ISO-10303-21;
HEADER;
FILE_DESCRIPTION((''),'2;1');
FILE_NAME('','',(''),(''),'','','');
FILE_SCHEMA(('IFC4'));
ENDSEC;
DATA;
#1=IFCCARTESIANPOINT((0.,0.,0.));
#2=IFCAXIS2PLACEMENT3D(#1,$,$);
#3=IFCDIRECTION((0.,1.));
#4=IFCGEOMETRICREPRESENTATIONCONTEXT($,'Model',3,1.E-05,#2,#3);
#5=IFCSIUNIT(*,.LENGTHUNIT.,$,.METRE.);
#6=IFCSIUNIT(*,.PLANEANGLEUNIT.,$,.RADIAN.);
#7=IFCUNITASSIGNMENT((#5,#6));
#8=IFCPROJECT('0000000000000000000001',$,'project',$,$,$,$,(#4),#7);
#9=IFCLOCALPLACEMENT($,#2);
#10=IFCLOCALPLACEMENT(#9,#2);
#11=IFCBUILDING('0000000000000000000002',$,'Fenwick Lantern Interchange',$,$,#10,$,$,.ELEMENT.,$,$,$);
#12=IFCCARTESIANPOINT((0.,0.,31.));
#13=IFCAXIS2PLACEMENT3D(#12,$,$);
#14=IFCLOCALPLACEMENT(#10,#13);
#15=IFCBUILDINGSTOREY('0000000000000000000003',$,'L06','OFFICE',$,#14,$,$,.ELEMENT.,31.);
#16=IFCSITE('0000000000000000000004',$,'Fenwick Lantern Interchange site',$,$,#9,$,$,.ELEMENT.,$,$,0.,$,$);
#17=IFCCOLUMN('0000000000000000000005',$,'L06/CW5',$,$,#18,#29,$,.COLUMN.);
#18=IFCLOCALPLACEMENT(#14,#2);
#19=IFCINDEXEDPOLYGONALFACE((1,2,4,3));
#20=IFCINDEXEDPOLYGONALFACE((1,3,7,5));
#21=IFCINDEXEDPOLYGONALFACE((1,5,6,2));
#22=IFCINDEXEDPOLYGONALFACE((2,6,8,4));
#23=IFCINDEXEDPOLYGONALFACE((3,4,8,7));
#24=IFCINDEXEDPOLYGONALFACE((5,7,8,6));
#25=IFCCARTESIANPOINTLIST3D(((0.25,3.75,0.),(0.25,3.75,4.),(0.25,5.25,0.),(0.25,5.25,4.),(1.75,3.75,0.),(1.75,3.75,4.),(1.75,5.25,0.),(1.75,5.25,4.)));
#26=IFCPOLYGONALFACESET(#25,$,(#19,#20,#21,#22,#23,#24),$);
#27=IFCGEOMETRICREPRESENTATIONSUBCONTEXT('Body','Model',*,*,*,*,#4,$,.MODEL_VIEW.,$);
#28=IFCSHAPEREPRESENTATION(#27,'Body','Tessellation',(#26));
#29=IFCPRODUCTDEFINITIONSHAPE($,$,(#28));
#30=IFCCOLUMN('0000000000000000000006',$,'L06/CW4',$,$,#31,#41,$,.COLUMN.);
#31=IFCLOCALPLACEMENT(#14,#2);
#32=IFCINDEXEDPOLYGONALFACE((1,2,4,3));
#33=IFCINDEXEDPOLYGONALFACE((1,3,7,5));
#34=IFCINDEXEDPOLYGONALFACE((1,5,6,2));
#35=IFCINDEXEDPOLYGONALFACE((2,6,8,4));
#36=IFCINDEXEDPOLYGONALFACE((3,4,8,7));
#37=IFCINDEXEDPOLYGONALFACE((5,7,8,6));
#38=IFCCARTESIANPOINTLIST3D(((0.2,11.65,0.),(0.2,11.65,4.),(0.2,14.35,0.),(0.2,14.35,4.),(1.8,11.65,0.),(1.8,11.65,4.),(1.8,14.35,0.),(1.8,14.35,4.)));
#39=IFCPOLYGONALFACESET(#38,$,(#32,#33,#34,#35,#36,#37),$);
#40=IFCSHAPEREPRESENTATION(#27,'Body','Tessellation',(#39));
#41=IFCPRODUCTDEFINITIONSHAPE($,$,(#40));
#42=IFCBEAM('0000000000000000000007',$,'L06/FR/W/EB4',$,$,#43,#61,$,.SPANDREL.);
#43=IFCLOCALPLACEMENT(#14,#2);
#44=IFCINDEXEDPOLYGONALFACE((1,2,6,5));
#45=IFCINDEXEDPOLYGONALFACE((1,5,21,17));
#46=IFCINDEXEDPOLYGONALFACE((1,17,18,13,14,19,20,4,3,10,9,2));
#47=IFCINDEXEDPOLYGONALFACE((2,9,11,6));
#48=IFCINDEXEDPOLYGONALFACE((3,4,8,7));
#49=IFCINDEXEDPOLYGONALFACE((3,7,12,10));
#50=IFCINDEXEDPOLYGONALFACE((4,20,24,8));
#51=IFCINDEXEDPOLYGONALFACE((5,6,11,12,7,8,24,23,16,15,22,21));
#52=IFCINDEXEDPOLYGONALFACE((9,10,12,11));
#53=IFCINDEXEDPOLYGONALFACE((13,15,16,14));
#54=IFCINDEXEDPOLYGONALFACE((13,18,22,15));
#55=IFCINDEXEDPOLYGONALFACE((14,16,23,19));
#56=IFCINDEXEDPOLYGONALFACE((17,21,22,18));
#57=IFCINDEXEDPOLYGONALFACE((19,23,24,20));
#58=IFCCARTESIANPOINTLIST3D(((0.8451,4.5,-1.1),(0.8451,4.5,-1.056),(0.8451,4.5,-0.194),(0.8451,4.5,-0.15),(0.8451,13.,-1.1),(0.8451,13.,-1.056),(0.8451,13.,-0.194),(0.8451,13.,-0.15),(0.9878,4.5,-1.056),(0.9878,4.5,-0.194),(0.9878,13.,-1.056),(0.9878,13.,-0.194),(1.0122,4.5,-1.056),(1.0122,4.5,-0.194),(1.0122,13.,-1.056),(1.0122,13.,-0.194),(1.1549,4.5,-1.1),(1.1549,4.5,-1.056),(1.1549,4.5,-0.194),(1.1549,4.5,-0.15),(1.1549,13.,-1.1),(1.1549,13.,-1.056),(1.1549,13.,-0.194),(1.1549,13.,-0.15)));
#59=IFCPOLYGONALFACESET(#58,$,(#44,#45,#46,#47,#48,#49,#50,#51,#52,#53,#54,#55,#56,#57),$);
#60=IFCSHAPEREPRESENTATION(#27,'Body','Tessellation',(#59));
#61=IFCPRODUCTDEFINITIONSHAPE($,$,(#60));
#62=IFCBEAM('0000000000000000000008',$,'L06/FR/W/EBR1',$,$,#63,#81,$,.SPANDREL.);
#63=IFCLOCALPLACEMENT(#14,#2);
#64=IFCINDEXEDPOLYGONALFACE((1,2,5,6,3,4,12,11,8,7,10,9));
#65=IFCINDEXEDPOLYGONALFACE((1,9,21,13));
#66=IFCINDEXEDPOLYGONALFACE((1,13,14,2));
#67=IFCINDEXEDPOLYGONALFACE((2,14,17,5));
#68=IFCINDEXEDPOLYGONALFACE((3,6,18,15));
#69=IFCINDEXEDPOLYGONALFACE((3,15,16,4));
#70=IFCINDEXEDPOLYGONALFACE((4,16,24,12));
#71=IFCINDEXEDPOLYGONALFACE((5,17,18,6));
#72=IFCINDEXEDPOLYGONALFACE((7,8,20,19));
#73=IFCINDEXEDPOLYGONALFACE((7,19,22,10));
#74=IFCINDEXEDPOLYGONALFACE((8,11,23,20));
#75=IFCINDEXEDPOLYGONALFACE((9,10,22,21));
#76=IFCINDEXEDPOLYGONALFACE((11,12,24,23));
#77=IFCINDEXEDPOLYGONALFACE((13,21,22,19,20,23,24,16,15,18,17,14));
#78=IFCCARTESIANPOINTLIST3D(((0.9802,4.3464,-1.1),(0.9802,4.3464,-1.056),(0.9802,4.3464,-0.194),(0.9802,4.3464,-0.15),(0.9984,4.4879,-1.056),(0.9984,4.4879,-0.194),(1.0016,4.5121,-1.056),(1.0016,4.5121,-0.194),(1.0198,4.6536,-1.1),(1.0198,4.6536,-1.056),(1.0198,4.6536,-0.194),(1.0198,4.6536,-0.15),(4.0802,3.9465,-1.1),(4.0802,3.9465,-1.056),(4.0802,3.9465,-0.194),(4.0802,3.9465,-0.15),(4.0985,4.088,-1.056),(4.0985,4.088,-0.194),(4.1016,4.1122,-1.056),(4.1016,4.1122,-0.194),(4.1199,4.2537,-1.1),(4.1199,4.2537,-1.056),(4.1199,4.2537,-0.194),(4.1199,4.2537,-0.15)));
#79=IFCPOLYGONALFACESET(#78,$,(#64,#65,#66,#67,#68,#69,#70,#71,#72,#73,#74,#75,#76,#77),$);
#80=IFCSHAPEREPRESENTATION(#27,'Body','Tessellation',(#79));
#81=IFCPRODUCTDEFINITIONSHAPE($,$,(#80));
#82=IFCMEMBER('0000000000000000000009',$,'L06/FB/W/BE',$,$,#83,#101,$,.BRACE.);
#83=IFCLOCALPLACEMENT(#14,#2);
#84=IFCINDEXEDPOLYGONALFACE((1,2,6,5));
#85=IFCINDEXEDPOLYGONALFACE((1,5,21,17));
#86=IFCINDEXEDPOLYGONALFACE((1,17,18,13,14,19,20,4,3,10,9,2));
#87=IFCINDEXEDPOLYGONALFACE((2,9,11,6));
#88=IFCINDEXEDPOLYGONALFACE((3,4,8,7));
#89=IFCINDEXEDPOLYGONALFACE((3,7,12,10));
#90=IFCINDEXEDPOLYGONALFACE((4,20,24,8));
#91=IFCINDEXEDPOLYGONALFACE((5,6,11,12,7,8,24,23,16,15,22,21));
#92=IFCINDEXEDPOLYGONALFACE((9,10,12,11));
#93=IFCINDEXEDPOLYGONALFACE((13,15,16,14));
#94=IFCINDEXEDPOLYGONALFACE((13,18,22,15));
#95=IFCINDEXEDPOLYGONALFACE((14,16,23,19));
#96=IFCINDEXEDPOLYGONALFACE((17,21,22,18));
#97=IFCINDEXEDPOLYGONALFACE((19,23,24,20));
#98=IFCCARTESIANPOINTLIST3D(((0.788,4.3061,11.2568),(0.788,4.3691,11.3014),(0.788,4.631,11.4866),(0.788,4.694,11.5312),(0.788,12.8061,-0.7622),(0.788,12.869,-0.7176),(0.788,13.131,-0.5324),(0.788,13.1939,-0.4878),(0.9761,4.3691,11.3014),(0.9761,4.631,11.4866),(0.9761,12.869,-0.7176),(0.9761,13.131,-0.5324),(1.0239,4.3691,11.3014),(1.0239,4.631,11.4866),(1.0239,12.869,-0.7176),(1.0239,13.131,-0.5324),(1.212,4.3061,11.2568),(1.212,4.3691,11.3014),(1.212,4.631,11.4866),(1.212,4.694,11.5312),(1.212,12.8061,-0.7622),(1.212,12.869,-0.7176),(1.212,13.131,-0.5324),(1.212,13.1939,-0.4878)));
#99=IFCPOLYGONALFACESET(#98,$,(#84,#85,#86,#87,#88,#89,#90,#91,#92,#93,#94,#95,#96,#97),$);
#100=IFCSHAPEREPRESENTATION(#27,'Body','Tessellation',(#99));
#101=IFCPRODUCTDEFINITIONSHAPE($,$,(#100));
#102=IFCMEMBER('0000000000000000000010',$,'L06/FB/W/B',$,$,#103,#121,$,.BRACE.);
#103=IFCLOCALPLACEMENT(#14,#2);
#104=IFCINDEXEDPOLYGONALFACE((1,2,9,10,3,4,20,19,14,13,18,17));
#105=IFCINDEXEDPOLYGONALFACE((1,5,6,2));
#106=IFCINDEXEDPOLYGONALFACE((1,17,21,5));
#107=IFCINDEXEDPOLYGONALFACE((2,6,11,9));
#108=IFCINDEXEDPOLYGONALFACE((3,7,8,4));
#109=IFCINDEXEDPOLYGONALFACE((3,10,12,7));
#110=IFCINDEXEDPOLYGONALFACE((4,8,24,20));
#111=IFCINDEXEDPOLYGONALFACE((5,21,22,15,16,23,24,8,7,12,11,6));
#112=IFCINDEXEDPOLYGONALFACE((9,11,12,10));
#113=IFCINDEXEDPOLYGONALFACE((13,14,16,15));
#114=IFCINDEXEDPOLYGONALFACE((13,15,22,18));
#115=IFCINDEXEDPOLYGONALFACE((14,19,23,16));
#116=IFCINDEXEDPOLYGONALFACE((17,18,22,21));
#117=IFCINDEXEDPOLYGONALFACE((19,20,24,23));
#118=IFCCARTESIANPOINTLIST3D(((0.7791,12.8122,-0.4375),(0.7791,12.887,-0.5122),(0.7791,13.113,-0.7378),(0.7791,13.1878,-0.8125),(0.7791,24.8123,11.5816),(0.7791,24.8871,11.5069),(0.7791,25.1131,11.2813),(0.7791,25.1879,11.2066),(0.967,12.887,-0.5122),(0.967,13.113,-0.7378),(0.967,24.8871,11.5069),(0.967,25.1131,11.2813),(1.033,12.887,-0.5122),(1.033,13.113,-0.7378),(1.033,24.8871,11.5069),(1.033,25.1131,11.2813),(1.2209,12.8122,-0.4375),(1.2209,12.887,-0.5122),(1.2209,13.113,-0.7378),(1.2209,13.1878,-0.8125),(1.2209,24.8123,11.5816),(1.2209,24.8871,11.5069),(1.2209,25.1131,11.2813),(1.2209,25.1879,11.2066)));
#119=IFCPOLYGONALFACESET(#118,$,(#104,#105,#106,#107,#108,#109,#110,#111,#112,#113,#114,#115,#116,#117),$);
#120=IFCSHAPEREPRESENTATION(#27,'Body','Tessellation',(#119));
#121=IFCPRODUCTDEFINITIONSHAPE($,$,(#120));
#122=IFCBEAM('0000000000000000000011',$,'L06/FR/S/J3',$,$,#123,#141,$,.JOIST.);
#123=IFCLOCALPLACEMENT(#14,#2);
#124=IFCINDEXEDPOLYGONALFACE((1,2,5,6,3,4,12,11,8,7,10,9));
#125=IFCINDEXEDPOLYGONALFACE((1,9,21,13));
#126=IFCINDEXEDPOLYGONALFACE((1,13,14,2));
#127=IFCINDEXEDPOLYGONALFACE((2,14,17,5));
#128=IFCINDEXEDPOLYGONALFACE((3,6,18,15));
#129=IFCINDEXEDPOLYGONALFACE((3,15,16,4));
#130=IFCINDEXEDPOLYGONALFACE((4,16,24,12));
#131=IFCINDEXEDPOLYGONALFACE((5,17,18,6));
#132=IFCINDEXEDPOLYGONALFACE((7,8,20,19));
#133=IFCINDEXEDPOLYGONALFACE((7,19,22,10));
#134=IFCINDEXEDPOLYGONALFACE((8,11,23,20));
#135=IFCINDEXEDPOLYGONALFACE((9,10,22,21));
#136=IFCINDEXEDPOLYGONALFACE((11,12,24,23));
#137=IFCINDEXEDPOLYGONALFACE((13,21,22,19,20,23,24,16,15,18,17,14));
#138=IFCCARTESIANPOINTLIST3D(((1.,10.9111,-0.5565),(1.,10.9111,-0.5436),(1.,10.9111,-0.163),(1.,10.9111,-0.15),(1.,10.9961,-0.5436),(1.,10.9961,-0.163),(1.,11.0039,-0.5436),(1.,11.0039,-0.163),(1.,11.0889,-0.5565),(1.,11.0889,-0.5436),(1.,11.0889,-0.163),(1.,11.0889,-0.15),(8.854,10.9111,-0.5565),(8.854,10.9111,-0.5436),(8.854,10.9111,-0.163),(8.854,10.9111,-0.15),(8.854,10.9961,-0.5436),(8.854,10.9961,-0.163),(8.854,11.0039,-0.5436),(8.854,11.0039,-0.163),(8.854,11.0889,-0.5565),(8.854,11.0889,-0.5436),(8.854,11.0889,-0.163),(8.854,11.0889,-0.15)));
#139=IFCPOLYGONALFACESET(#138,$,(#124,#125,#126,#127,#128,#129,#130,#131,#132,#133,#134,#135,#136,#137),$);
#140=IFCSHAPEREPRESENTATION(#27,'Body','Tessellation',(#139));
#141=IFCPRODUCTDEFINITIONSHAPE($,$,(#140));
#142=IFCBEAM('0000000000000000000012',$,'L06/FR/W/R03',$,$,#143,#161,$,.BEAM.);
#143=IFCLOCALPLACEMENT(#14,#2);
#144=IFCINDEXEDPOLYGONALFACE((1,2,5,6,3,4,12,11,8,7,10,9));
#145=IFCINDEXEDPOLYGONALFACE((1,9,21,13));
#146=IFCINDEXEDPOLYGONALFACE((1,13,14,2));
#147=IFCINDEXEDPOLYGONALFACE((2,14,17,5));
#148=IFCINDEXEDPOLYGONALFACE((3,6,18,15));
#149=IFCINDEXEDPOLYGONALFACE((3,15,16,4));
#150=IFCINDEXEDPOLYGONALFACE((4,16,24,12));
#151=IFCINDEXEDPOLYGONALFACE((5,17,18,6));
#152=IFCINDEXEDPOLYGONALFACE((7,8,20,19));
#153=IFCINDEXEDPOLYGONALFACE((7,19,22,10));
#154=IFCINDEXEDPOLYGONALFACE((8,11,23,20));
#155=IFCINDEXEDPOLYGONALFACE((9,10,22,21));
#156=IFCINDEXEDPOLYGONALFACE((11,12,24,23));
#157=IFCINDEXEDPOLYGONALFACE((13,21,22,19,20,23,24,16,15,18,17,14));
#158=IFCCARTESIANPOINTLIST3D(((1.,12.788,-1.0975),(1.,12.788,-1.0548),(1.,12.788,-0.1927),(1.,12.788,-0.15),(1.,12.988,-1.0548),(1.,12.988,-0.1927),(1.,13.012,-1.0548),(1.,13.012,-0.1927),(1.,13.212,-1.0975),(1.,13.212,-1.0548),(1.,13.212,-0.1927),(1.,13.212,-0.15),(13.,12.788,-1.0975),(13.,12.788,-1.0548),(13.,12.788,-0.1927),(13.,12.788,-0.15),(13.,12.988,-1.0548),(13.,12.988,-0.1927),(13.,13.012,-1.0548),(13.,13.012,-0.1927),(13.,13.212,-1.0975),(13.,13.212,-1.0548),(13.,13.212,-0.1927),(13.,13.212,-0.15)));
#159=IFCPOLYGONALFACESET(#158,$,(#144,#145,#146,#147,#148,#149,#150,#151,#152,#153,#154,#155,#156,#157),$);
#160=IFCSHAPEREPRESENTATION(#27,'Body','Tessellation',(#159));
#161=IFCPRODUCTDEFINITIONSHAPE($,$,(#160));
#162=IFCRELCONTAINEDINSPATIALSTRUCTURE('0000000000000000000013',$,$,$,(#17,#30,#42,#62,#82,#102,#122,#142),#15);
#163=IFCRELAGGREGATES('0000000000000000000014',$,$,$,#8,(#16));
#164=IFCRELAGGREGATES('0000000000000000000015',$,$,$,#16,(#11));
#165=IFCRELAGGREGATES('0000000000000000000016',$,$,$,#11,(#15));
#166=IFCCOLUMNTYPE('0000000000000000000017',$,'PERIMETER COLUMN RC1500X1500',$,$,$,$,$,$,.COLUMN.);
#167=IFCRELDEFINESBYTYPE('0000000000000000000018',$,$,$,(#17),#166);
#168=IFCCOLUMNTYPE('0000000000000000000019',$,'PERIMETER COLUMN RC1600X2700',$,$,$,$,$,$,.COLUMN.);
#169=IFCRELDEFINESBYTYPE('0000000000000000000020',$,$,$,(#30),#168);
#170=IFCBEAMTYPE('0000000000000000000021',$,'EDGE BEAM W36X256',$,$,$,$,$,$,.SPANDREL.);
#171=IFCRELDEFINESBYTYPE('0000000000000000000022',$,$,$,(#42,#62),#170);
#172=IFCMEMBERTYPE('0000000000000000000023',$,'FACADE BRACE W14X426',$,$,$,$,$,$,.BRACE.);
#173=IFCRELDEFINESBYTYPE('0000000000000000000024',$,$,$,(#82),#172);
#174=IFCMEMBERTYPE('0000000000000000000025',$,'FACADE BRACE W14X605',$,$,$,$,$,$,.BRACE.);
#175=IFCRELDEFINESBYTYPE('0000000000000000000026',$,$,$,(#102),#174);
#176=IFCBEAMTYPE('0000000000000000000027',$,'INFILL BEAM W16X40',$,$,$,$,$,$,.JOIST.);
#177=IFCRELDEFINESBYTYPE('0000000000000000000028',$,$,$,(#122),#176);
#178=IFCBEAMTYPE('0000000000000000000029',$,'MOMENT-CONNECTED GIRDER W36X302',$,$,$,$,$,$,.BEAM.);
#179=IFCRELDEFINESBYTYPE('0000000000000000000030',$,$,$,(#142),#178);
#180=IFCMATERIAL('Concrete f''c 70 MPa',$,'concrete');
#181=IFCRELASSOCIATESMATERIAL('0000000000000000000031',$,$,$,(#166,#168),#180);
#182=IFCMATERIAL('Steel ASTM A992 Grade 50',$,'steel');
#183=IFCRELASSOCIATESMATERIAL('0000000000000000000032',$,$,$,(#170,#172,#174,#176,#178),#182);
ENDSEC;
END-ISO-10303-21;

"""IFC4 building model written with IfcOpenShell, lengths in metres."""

from ifc_helpers import new_model, si_unit, direction, frame, origin, origin_2d, place, context, subcontext, project, spatial, rectangle, i_section, extrude, material, material_profile, profile_set, type_object, element, save


model = new_model("IFC4")

# Units and contexts
model_context = context("Model", 3, precision=1e-05, world=origin(), true_north=direction((0.0, 1.0)))
body_context = subcontext(model_context, "Body", "Model", "MODEL_VIEW")
ifc_project = project(units=[si_unit("LENGTHUNIT", "METRE"), si_unit("PLANEANGLEUNIT", "RADIAN")], contexts=[model_context])

# Site, building, storey
site_placement = place(None, origin())
site = spatial("IfcSite", under=ifc_project, at=site_placement, Name="Fenwick Lantern Interchange site", CompositionType="ELEMENT", RefElevation=0.0)
building_placement = place(site_placement, origin())
building = spatial("IfcBuilding", under=site, at=building_placement, Name="Fenwick Lantern Interchange", CompositionType="ELEMENT")
storey_placement = place(building_placement, frame((0.0, 0.0, 31.0)))
storey = spatial("IfcBuildingStorey", under=building, at=storey_placement, Name="L06", Description="OFFICE", CompositionType="ELEMENT", Elevation=31.0)

# Columns
ifc_material_1 = material(Name="Concrete f'c 70 MPa", Category="concrete")
ifc_material_profile_1 = material_profile(ifc_material_1, rectangle(XDim=1.5, YDim=1.5, at=origin_2d()), Name="RC1500X1500")
ifc_profile_set_1 = profile_set([ifc_material_profile_1], Name="Concrete f'c 70 MPa")
column_type_1 = type_object("IfcColumnType", Name="PERIMETER COLUMN RC1500X1500", PredefinedType="COLUMN", material=ifc_profile_set_1)
column_1_placement = place(storey_placement, frame((1.0, 4.5, 0.0), z_axis=(0.0, 0.0, 1.0), x_axis=(1.0, 0.0, 0.0)))
element("IfcColumn", 1, at=column_1_placement, inside=storey, type_object=column_type_1, Name="L06/CW5", PredefinedType="COLUMN", context=body_context, shape_type="SweptSolid", body=[
    extrude(rectangle(XDim=1.5, YDim=1.5, at=origin_2d()), origin(), (0.0, 0.0, 1.0), 4.0),
])
ifc_material_profile_2 = material_profile(ifc_material_1, rectangle(XDim=1.6001, YDim=2.7, at=origin_2d()), Name="RC1600X2700")
ifc_profile_set_2 = profile_set([ifc_material_profile_2], Name="Concrete f'c 70 MPa")
column_type_2 = type_object("IfcColumnType", Name="PERIMETER COLUMN RC1600X2700", PredefinedType="COLUMN", material=ifc_profile_set_2)
column_2_placement = place(storey_placement, frame((1.0, 13.0, 0.0), z_axis=(0.0, 0.0, 1.0), x_axis=(1.0, 0.0, 0.0)))
element("IfcColumn", 2, at=column_2_placement, inside=storey, type_object=column_type_2, Name="L06/CW4", PredefinedType="COLUMN", context=body_context, shape_type="SweptSolid", body=[
    extrude(rectangle(XDim=1.6001, YDim=2.7, at=origin_2d()), origin(), (0.0, 0.0, 1.0), 4.0),
])

# Beams
ifc_material_2 = material(Name="Steel ASTM A992 Grade 50", Category="steel")
ifc_material_profile_3 = material_profile(ifc_material_2, i_section(OverallWidth=0.3098, OverallDepth=0.95, WebThickness=0.0244, FlangeThickness=0.0439, at=origin_2d()), Name="W36X256")
ifc_profile_set_3 = profile_set([ifc_material_profile_3], Name="Steel ASTM A992 Grade 50")
beam_type_1 = type_object("IfcBeamType", Name="EDGE BEAM W36X256", PredefinedType="SPANDREL", material=ifc_profile_set_3)
beam_1_placement = place(storey_placement, frame((1.0, 13.0, -0.625), z_axis=(0.0, -1.0, 0.0), x_axis=(1.0, 0.0, 0.0)))
element("IfcBeam", 3, at=beam_1_placement, inside=storey, type_object=beam_type_1, Name="L06/FR/W/EB4", PredefinedType="SPANDREL", context=body_context, shape_type="SweptSolid", body=[
    extrude(i_section(OverallWidth=0.3098, OverallDepth=0.95, WebThickness=0.0244, FlangeThickness=0.0439, at=origin_2d()), origin(), (0.0, 0.0, 1.0), 8.5),
])
beam_2_placement = place(storey_placement, frame((1.0, 4.5, -0.625), z_axis=(0.991782, -0.127937, 0.0), x_axis=(0.127937, 0.991782, 0.0)))
element("IfcBeam", 4, at=beam_2_placement, inside=storey, type_object=beam_type_1, Name="L06/FR/W/EBR1", PredefinedType="SPANDREL", context=body_context, shape_type="SweptSolid", body=[
    extrude(i_section(OverallWidth=0.3098, OverallDepth=0.95, WebThickness=0.0244, FlangeThickness=0.0439, at=origin_2d()), origin(), (0.0, 0.0, 1.0), 3.1257),
])

# Members
ifc_material_profile_4 = material_profile(ifc_material_2, i_section(OverallWidth=0.4241, OverallDepth=0.4751, WebThickness=0.0479, FlangeThickness=0.0771, at=origin_2d()), Name="W14X426")
ifc_profile_set_4 = profile_set([ifc_material_profile_4], Name="Steel ASTM A992 Grade 50")
member_type_1 = type_object("IfcMemberType", Name="FACADE BRACE W14X426", PredefinedType="BRACE", material=ifc_profile_set_4)
member_1_placement = place(storey_placement, frame((1.0, 13.0, -0.625), z_axis=(0.0, -0.577407, 0.816456), x_axis=(1.0, 0.0, 0.0)))
element("IfcMember", 5, at=member_1_placement, inside=storey, type_object=member_type_1, Name="L06/FB/W/BE", PredefinedType="BRACE", context=body_context, shape_type="SweptSolid", body=[
    extrude(i_section(OverallWidth=0.4241, OverallDepth=0.4751, WebThickness=0.0479, FlangeThickness=0.0771, at=origin_2d()), origin(), (0.0, 0.0, 1.0), 14.7209),
])
ifc_material_profile_5 = material_profile(ifc_material_2, i_section(OverallWidth=0.4419, OverallDepth=0.5308, WebThickness=0.0659, FlangeThickness=0.1057, at=origin_2d()), Name="W14X605")
ifc_profile_set_5 = profile_set([ifc_material_profile_5], Name="Steel ASTM A992 Grade 50")
member_type_2 = type_object("IfcMemberType", Name="FACADE BRACE W14X605", PredefinedType="BRACE", material=ifc_profile_set_5)
member_2_placement = place(storey_placement, frame((1.0, 13.0, -0.625), z_axis=(0.0, 0.706546, 0.707667), x_axis=(-1.0, 0.0, 0.0)))
element("IfcMember", 6, at=member_2_placement, inside=storey, type_object=member_type_2, Name="L06/FB/W/B", PredefinedType="BRACE", context=body_context, shape_type="SweptSolid", body=[
    extrude(i_section(OverallWidth=0.4419, OverallDepth=0.5308, WebThickness=0.0659, FlangeThickness=0.1057, at=origin_2d()), origin(), (0.0, 0.0, 1.0), 16.9841),
])

# Beams
ifc_material_profile_6 = material_profile(ifc_material_2, i_section(OverallWidth=0.1777, OverallDepth=0.4065, WebThickness=0.0078, FlangeThickness=0.0129, at=origin_2d()), Name="W16X40")
ifc_profile_set_6 = profile_set([ifc_material_profile_6], Name="Steel ASTM A992 Grade 50")
beam_type_2 = type_object("IfcBeamType", Name="INFILL BEAM W16X40", PredefinedType="JOIST", material=ifc_profile_set_6)
beam_3_placement = place(storey_placement, frame((1.0, 11.0, -0.3533), z_axis=(1.0, 0.0, 0.0), x_axis=(0.0, 1.0, 0.0)))
element("IfcBeam", 7, at=beam_3_placement, inside=storey, type_object=beam_type_2, Name="L06/FR/S/J3", PredefinedType="JOIST", context=body_context, shape_type="SweptSolid", body=[
    extrude(i_section(OverallWidth=0.1777, OverallDepth=0.4065, WebThickness=0.0078, FlangeThickness=0.0129, at=origin_2d()), origin(), (0.0, 0.0, 1.0), 7.854),
])
ifc_material_profile_7 = material_profile(ifc_material_2, i_section(OverallWidth=0.4241, OverallDepth=0.9475, WebThickness=0.0239, FlangeThickness=0.0427, at=origin_2d()), Name="W36X302")
ifc_profile_set_7 = profile_set([ifc_material_profile_7], Name="Steel ASTM A992 Grade 50")
beam_type_3 = type_object("IfcBeamType", Name="MOMENT-CONNECTED GIRDER W36X302", PredefinedType="BEAM", material=ifc_profile_set_7)
beam_4_placement = place(storey_placement, frame((1.0, 13.0, -0.6238), z_axis=(1.0, 0.0, 0.0), x_axis=(0.0, 1.0, 0.0)))
element("IfcBeam", 8, at=beam_4_placement, inside=storey, type_object=beam_type_3, Name="L06/FR/W/R03", PredefinedType="BEAM", context=body_context, shape_type="SweptSolid", body=[
    extrude(i_section(OverallWidth=0.4241, OverallDepth=0.9475, WebThickness=0.0239, FlangeThickness=0.0427, at=origin_2d()), origin(), (0.0, 0.0, 1.0), 12.0),
])

save(model, "model.ifc")
